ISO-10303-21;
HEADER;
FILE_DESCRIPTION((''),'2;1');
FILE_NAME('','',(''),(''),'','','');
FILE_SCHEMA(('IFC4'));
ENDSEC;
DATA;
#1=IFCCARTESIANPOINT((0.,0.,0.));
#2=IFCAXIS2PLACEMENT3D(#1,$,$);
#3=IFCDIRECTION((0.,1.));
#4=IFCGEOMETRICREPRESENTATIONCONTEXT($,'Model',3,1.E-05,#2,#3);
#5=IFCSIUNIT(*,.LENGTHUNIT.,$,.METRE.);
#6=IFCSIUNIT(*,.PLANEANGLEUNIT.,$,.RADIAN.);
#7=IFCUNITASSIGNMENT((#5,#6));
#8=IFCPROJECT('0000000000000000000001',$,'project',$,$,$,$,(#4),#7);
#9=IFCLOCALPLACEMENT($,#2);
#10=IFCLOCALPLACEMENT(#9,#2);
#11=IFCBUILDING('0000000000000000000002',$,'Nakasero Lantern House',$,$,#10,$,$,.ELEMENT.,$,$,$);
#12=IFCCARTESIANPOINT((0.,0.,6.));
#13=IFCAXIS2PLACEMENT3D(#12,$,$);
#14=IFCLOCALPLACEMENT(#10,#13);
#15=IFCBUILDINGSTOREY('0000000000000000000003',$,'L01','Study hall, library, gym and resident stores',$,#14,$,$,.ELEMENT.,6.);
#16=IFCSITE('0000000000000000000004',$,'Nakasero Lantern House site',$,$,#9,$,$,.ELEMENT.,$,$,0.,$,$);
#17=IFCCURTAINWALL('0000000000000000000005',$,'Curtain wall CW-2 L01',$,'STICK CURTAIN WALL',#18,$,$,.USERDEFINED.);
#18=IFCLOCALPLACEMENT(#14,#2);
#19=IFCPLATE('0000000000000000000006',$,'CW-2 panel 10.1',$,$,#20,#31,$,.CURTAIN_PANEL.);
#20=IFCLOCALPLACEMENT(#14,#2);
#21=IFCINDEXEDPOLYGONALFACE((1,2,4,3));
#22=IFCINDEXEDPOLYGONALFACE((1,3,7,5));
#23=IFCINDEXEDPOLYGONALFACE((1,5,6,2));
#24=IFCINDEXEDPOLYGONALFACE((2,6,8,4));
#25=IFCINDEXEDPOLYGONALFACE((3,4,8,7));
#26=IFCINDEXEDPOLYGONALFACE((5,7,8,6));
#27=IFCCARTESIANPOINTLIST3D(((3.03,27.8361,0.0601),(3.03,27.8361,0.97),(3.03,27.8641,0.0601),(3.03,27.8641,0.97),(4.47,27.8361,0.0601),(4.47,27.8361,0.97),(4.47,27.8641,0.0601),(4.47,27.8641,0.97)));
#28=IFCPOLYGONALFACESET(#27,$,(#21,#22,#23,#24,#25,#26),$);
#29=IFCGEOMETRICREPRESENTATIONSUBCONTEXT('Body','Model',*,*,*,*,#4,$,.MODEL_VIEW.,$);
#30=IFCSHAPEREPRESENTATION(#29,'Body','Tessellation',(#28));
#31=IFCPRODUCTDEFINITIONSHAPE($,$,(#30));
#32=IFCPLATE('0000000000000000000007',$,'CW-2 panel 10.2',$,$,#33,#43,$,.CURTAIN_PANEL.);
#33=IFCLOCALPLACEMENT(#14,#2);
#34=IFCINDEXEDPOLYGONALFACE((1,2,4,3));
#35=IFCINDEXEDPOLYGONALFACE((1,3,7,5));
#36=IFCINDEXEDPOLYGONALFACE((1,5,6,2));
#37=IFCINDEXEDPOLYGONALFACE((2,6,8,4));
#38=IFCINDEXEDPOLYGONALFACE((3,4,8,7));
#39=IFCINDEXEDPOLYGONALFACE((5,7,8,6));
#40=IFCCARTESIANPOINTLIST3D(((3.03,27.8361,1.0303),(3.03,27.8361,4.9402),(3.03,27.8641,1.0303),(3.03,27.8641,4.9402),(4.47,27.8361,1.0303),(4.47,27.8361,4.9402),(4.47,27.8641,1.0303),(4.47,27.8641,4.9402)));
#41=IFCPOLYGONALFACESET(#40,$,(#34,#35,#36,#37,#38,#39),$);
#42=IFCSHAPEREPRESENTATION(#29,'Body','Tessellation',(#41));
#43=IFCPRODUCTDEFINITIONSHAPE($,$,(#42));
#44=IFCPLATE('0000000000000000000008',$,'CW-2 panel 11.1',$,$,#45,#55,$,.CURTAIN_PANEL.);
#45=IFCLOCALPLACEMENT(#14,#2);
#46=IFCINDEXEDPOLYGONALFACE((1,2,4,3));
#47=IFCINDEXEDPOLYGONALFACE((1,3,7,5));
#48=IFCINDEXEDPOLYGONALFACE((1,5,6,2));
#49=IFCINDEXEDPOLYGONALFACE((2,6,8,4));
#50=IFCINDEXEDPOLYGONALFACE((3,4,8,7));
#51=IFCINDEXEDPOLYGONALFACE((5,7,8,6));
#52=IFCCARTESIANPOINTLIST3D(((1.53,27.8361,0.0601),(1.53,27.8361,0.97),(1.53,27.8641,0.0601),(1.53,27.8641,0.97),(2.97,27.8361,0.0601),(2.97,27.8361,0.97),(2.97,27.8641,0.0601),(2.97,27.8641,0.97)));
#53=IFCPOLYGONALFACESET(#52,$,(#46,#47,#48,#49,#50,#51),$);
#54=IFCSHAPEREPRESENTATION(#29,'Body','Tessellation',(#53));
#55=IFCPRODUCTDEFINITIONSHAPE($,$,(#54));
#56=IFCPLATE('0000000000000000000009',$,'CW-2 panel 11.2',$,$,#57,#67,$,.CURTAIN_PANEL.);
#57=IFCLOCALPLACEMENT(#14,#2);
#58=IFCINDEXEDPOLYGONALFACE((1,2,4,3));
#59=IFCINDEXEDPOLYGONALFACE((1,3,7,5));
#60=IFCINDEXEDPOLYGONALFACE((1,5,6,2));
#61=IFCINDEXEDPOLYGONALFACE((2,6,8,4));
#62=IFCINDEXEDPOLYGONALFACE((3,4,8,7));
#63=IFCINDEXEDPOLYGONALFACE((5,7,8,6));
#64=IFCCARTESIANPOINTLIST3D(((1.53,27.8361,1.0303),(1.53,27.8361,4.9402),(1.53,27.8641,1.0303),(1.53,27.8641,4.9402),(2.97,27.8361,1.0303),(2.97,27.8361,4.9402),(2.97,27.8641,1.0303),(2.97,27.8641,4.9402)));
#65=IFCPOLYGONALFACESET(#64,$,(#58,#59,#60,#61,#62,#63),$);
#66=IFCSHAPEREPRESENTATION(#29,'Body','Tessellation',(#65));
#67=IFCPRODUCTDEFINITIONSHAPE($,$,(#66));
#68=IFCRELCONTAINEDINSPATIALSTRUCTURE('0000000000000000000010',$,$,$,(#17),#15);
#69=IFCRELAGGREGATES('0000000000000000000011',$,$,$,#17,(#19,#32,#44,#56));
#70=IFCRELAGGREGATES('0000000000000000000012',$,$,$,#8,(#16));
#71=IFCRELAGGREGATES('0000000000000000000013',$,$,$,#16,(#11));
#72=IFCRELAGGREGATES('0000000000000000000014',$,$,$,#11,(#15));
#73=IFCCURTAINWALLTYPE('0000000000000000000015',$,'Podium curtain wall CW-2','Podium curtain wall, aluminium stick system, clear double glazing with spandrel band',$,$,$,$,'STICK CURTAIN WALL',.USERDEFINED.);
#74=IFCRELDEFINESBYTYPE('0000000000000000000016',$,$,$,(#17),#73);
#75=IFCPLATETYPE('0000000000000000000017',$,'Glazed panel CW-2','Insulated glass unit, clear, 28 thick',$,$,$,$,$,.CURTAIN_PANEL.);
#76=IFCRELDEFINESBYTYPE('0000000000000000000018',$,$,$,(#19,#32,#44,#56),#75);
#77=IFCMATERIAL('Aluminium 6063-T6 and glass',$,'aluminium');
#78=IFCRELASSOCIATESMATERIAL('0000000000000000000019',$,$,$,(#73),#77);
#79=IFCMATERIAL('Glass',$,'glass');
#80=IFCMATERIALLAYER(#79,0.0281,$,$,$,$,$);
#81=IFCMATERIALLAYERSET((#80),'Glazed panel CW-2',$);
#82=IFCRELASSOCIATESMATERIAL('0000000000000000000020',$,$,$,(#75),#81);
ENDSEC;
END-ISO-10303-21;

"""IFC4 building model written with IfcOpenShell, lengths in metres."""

from ifc_helpers import new_model, si_unit, direction, frame, origin, origin_2d, place, context, subcontext, project, spatial, rectangle, extrude, material, layer, layer_set, type_object, element, aggregate, save


model = new_model("IFC4")

# Units and contexts
model_context = context("Model", 3, precision=1e-05, world=origin(), true_north=direction((0.0, 1.0)))
body_context = subcontext(model_context, "Body", "Model", "MODEL_VIEW")
ifc_project = project(units=[si_unit("LENGTHUNIT", "METRE"), si_unit("PLANEANGLEUNIT", "RADIAN")], contexts=[model_context])

# Site, building, storey
site_placement = place(None, origin())
site = spatial("IfcSite", under=ifc_project, at=site_placement, Name="Nakasero Lantern House site", CompositionType="ELEMENT", RefElevation=0.0)
building_placement = place(site_placement, origin())
building = spatial("IfcBuilding", under=site, at=building_placement, Name="Nakasero Lantern House", CompositionType="ELEMENT")
storey_placement = place(building_placement, frame((0.0, 0.0, 6.0)))
storey = spatial("IfcBuildingStorey", under=building, at=storey_placement, Name="L01", Description="Study hall, library, gym and resident stores", CompositionType="ELEMENT", Elevation=6.0)

# Curtain wall, plates
ifc_material_1 = material(Name="Aluminium 6063-T6 and glass", Category="aluminium")
curtain_wall_type = type_object("IfcCurtainWallType", Name="Podium curtain wall CW-2", Description="Podium curtain wall, aluminium stick system, clear double glazing with spandrel band", ElementType="STICK CURTAIN WALL", PredefinedType="USERDEFINED", material=ifc_material_1)
curtain_wall_placement = place(storey_placement, origin())
curtain_wall = element("IfcCurtainWall", 1, at=curtain_wall_placement, inside=storey, type_object=curtain_wall_type, Name="Curtain wall CW-2 L01", ObjectType="STICK CURTAIN WALL", PredefinedType="USERDEFINED")
ifc_material_2 = material(Name="Glass", Category="glass")
ifc_layer = layer(ifc_material_2, 0.0281)
ifc_layer_set = layer_set([ifc_layer], Name="Glazed panel CW-2")
plate_type = type_object("IfcPlateType", Name="Glazed panel CW-2", Description="Insulated glass unit, clear, 28 thick", PredefinedType="CURTAIN_PANEL", material=ifc_layer_set)
plate_1_placement = place(storey_placement, frame((3.75, 27.8501, 0.0601), z_axis=(0.0, 0.0, 1.0), x_axis=(-1.0, 0.0, 0.0)))
plate_1 = element("IfcPlate", 2, at=plate_1_placement, type_object=plate_type, Name="CW-2 panel 10.1", PredefinedType="CURTAIN_PANEL", context=body_context, shape_type="SweptSolid", body=[
    extrude(rectangle(XDim=1.4399, YDim=0.0281, at=origin_2d()), origin(), (0.0, 0.0, 1.0), 0.9099),
])
plate_2_placement = place(storey_placement, frame((3.75, 27.8501, 1.0303), z_axis=(0.0, 0.0, 1.0), x_axis=(-1.0, 0.0, 0.0)))
plate_2 = element("IfcPlate", 3, at=plate_2_placement, type_object=plate_type, Name="CW-2 panel 10.2", PredefinedType="CURTAIN_PANEL", context=body_context, shape_type="SweptSolid", body=[
    extrude(rectangle(XDim=1.4399, YDim=0.0281, at=origin_2d()), origin(), (0.0, 0.0, 1.0), 3.9099),
])
plate_3_placement = place(storey_placement, frame((2.25, 27.8501, 0.0601), z_axis=(0.0, 0.0, 1.0), x_axis=(-1.0, 0.0, 0.0)))
plate_3 = element("IfcPlate", 4, at=plate_3_placement, type_object=plate_type, Name="CW-2 panel 11.1", PredefinedType="CURTAIN_PANEL", context=body_context, shape_type="SweptSolid", body=[
    extrude(rectangle(XDim=1.4399, YDim=0.0281, at=origin_2d()), origin(), (0.0, 0.0, 1.0), 0.9099),
])
plate_4_placement = place(storey_placement, frame((2.25, 27.8501, 1.0303), z_axis=(0.0, 0.0, 1.0), x_axis=(-1.0, 0.0, 0.0)))
plate_4 = element("IfcPlate", 5, at=plate_4_placement, type_object=plate_type, Name="CW-2 panel 11.2", PredefinedType="CURTAIN_PANEL", context=body_context, shape_type="SweptSolid", body=[
    extrude(rectangle(XDim=1.4399, YDim=0.0281, at=origin_2d()), origin(), (0.0, 0.0, 1.0), 3.9099),
])
aggregate(curtain_wall, [plate_1, plate_2, plate_3, plate_4])

save(model, "model.ifc")
